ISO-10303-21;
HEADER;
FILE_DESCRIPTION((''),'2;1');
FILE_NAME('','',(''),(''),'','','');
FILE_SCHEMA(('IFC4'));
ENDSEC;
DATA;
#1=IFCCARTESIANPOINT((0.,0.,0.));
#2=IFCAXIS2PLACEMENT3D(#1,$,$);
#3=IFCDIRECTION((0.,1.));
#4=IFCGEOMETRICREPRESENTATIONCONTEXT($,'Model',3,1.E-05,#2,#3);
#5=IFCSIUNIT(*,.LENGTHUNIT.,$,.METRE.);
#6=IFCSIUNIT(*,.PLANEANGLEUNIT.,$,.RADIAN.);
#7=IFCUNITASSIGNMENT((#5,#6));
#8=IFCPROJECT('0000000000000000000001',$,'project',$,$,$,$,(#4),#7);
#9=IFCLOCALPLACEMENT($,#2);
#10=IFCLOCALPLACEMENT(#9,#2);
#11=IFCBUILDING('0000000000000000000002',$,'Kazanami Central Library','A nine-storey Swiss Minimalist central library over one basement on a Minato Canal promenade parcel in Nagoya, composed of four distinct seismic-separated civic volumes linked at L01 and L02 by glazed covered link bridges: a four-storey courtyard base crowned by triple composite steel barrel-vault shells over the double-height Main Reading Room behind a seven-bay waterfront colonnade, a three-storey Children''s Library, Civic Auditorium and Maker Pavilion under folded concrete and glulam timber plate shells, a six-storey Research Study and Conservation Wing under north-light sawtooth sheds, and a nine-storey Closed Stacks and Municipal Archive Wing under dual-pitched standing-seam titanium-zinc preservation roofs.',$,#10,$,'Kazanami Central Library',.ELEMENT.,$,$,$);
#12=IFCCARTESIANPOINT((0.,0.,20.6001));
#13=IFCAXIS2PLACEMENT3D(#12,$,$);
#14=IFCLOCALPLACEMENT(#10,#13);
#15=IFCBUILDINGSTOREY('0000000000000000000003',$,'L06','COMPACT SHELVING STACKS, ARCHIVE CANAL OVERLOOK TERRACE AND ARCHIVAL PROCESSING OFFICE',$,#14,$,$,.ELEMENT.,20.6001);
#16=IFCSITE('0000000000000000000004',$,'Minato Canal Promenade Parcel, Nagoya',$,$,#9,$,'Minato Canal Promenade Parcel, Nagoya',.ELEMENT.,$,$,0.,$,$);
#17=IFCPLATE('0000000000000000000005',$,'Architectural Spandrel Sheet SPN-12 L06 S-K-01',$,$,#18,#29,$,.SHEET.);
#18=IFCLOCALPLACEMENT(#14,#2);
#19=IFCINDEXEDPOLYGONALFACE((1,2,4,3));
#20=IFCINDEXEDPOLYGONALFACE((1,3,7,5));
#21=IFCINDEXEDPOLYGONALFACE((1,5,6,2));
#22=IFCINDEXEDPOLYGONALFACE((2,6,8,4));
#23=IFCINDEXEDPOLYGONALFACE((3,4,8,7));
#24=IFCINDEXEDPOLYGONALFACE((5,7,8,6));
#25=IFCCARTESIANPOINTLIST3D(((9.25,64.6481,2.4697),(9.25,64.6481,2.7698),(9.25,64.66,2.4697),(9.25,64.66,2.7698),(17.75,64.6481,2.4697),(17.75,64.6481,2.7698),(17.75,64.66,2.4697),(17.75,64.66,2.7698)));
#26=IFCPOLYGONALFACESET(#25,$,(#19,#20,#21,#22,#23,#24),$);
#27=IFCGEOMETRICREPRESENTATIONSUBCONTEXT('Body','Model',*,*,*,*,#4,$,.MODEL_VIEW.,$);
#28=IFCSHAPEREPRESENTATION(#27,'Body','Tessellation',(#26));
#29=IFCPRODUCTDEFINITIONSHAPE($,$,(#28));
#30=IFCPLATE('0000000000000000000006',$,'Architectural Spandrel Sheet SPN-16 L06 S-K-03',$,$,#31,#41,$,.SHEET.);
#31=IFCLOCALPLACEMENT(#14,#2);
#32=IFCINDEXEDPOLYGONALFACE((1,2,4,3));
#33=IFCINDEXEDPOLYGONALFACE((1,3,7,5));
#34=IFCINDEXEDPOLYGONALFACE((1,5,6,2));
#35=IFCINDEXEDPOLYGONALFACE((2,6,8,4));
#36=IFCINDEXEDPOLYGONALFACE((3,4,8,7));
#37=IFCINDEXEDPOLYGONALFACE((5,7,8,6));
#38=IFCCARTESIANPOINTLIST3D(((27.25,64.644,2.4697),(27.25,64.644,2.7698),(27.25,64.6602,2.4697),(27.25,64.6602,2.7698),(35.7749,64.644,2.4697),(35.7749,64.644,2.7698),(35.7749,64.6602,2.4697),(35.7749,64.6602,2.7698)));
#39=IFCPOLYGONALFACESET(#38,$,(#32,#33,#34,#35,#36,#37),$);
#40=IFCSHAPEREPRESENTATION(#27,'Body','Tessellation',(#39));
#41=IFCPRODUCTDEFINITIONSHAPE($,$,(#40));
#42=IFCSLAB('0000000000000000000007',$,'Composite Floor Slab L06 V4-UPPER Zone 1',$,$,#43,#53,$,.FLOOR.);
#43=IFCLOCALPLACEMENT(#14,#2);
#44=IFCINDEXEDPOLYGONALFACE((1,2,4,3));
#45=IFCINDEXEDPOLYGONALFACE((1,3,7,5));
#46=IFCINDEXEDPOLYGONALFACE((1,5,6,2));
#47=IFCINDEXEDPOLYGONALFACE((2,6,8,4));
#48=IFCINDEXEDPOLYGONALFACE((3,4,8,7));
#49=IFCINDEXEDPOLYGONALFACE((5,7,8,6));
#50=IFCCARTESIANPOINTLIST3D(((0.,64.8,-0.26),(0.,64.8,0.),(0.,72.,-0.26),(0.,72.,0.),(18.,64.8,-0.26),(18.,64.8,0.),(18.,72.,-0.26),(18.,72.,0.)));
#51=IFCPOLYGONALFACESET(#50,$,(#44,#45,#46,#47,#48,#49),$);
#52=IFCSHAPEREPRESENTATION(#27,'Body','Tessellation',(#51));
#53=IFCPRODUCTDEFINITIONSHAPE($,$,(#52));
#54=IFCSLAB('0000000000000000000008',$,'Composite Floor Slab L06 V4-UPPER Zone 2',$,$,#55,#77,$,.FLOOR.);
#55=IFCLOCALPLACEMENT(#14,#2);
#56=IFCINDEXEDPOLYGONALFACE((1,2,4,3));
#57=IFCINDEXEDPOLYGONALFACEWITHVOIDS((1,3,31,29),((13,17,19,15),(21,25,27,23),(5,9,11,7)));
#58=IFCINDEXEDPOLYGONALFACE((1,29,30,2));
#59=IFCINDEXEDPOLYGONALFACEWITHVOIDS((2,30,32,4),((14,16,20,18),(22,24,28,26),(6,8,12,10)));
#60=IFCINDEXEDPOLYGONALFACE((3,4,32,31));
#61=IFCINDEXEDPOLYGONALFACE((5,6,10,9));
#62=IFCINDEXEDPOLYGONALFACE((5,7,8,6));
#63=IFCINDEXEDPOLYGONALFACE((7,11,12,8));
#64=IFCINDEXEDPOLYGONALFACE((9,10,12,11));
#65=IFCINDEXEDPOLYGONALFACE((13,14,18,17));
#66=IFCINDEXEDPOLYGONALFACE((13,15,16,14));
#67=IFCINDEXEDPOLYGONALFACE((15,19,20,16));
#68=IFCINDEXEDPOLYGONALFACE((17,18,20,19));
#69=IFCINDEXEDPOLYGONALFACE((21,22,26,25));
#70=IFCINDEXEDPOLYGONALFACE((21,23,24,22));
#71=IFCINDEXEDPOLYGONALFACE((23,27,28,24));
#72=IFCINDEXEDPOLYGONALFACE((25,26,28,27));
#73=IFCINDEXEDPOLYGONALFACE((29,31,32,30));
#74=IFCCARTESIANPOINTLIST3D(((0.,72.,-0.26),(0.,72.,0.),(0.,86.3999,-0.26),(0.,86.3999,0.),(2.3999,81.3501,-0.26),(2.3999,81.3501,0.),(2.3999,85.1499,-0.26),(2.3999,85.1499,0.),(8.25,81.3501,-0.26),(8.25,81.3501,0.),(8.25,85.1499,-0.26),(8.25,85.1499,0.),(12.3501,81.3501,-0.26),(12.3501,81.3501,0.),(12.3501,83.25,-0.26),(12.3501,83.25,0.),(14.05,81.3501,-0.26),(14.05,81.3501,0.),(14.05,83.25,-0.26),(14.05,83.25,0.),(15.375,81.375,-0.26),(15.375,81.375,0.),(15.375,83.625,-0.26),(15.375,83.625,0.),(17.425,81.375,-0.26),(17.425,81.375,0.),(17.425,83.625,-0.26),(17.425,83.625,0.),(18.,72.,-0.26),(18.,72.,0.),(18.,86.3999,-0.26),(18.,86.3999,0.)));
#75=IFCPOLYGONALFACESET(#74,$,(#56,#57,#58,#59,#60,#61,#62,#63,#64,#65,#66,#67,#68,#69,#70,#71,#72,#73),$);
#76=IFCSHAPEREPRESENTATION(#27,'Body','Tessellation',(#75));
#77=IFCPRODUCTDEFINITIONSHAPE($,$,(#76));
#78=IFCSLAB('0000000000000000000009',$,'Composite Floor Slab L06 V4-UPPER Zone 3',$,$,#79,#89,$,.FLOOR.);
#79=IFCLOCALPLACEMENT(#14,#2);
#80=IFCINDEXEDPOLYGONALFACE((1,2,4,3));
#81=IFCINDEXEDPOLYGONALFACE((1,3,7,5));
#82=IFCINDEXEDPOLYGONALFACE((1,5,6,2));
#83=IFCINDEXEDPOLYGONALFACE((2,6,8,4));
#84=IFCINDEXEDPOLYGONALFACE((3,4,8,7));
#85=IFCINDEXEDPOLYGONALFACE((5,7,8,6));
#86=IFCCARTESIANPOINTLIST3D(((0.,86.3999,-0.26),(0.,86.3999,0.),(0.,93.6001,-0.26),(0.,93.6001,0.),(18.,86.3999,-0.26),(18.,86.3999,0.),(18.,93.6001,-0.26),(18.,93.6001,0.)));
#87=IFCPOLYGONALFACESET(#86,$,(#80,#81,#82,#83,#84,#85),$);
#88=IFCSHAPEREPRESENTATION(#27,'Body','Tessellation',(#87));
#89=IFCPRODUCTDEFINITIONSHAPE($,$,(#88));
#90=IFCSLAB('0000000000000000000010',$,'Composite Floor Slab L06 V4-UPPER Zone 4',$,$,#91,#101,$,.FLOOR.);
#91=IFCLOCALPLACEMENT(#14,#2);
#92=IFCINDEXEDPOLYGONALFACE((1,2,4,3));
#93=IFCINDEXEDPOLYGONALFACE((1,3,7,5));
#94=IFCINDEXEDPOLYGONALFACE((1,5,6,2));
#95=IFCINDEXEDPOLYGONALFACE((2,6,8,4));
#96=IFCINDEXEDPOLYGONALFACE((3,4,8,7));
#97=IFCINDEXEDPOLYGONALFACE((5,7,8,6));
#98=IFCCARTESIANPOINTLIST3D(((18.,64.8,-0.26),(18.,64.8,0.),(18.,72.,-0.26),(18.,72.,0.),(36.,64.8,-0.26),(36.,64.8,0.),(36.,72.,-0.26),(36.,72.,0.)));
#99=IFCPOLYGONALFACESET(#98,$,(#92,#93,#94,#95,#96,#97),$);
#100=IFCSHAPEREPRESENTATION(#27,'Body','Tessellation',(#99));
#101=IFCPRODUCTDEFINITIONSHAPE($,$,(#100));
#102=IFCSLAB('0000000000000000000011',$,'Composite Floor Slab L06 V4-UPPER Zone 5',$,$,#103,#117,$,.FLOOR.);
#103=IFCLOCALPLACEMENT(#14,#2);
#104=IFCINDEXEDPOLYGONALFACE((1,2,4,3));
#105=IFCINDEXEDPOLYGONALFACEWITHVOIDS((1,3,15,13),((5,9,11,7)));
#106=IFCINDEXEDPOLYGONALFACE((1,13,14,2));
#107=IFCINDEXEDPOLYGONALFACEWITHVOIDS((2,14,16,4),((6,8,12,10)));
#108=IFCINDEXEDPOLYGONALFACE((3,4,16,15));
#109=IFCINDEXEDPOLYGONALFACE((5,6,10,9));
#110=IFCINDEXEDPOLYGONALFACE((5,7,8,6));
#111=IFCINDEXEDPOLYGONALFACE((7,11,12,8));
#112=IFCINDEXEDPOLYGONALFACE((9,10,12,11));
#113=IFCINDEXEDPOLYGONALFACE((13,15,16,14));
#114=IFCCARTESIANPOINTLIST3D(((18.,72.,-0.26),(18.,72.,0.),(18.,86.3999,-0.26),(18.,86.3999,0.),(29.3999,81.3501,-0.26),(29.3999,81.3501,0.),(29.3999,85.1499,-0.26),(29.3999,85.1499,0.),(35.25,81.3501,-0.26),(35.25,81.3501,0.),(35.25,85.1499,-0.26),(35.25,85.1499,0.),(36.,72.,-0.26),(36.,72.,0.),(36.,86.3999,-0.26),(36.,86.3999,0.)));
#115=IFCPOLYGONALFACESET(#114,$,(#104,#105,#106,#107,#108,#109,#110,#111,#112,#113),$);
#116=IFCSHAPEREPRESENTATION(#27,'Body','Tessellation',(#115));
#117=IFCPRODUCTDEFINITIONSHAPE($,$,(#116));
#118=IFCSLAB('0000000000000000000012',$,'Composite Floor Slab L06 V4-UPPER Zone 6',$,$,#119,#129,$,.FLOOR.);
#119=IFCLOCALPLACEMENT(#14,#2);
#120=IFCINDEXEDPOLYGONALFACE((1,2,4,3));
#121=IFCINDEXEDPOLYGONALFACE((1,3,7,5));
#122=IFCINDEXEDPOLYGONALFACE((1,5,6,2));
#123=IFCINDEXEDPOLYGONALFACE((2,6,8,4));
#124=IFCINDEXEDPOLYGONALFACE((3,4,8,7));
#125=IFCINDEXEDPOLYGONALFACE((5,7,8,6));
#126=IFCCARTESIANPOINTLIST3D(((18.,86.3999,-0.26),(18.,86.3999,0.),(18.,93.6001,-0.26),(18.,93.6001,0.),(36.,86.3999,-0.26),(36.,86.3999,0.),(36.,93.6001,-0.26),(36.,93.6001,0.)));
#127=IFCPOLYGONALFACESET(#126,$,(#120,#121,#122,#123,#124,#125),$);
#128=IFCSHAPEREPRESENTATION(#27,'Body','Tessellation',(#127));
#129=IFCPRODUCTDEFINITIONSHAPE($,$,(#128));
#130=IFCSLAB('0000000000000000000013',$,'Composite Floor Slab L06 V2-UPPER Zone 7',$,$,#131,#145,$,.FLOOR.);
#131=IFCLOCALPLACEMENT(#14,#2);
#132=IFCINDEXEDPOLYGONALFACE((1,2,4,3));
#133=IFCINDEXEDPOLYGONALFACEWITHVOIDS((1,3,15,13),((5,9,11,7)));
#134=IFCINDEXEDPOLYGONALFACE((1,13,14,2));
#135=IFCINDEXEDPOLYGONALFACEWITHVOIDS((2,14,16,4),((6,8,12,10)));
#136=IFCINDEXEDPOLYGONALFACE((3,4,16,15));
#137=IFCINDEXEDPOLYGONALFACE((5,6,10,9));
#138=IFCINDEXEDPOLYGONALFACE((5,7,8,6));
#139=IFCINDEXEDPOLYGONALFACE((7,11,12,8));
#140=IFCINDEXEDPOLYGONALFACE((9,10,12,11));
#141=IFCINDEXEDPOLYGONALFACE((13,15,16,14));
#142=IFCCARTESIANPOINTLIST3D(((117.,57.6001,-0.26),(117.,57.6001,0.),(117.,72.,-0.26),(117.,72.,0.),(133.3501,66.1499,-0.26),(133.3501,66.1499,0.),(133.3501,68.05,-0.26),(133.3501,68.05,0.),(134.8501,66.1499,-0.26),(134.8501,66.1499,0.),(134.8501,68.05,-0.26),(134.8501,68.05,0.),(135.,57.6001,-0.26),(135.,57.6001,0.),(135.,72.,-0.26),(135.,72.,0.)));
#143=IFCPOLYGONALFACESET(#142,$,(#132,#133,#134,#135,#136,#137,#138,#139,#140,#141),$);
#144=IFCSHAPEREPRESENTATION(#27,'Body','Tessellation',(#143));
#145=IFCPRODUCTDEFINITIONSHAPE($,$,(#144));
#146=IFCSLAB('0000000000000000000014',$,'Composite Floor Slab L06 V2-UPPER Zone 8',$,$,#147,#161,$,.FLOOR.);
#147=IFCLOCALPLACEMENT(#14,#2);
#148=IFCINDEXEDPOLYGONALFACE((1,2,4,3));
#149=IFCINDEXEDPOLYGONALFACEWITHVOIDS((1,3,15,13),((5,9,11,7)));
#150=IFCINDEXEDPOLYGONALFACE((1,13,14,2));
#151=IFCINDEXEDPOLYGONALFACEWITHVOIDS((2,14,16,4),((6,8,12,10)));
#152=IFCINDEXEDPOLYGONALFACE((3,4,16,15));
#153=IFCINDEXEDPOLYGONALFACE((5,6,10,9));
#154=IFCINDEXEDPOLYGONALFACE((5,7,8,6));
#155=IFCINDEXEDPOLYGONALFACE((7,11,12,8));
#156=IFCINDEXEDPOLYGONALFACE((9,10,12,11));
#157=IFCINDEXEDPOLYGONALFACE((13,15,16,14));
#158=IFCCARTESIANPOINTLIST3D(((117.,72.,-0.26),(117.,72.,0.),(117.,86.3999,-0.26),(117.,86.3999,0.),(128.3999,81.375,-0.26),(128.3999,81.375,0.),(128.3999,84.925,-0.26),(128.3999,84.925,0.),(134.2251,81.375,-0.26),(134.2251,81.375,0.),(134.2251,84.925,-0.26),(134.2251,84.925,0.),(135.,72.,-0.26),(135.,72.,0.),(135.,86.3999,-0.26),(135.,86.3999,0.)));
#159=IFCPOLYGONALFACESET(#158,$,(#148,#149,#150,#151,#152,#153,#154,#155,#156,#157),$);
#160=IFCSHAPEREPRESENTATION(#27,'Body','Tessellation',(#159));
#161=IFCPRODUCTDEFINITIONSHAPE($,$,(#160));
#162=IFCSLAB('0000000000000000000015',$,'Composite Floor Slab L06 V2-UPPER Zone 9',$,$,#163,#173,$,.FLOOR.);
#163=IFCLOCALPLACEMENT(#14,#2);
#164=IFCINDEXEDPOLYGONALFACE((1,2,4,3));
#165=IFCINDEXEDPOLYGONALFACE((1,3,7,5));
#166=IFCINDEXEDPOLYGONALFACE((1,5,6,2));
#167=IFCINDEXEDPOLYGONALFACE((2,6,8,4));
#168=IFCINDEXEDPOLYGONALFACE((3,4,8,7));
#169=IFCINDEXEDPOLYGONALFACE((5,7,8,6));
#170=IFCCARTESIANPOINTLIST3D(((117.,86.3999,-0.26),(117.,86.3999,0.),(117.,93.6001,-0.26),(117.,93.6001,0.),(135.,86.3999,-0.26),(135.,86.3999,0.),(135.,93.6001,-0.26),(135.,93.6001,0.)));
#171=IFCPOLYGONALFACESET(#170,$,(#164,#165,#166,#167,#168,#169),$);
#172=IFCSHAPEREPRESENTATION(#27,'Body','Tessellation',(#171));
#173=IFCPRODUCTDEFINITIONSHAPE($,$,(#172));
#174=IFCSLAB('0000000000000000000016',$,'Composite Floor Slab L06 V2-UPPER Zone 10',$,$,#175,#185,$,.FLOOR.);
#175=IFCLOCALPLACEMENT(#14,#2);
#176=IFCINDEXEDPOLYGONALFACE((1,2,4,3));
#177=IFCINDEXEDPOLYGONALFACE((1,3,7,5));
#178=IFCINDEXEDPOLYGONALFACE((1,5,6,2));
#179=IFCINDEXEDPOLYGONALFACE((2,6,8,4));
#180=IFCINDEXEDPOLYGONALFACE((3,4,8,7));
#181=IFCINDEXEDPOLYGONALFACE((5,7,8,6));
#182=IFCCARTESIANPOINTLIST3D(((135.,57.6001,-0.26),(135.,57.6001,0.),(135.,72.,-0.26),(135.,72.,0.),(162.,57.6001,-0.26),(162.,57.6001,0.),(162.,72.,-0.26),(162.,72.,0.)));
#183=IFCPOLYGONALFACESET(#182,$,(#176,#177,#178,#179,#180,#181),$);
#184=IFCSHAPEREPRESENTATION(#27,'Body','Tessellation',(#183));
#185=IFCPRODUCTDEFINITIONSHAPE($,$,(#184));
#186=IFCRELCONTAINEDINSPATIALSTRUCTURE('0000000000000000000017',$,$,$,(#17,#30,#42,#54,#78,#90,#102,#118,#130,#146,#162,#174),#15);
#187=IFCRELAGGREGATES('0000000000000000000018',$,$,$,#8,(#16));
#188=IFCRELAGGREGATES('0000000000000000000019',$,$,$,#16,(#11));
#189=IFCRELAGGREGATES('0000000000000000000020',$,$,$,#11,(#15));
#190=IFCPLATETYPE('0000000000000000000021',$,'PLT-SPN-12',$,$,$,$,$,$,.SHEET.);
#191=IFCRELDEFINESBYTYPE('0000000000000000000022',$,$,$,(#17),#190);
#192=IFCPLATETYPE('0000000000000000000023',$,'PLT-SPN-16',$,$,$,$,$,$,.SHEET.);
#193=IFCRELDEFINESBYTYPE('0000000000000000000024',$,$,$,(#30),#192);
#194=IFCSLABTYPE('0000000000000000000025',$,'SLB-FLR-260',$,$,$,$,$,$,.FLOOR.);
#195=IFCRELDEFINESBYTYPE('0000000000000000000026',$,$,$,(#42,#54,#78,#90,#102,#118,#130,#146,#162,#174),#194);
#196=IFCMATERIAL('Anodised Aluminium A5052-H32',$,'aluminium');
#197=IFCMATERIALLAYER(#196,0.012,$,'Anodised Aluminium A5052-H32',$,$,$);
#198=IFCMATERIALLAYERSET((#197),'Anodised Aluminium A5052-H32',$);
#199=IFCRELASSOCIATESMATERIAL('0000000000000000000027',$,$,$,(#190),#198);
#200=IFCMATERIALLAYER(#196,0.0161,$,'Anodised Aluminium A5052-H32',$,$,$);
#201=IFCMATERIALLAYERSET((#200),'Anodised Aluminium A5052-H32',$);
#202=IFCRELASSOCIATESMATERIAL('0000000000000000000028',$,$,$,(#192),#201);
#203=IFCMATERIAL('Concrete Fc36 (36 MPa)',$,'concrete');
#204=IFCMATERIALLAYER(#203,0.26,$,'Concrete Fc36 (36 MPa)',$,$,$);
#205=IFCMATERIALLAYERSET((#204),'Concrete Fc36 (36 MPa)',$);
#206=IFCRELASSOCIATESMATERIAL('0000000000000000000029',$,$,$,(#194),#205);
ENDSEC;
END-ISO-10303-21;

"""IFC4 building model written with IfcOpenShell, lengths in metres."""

from ifc_helpers import new_model, si_unit, direction, frame, origin, origin_2d, place, context, subcontext, project, spatial, polyline, rectangle, outline, extrude, material, layer, layer_set, type_object, element, save


model = new_model("IFC4")

# Units and contexts
model_context = context("Model", 3, precision=1e-05, world=origin(), true_north=direction((0.0, 1.0)))
body_context = subcontext(model_context, "Body", "Model", "MODEL_VIEW")
ifc_project = project(units=[si_unit("LENGTHUNIT", "METRE"), si_unit("PLANEANGLEUNIT", "RADIAN")], contexts=[model_context])

# Site, building, storey
site_placement = place(None, origin())
site = spatial("IfcSite", under=ifc_project, at=site_placement, Name="Minato Canal Promenade Parcel, Nagoya", LongName="Minato Canal Promenade Parcel, Nagoya", CompositionType="ELEMENT", RefElevation=0.0)
building_placement = place(site_placement, origin())
building = spatial("IfcBuilding", under=site, at=building_placement, Name="Kazanami Central Library", Description="A nine-storey Swiss Minimalist central library over one basement on a Minato Canal promenade parcel in Nagoya, composed of four distinct seismic-separated civic volumes linked at L01 and L02 by glazed covered link bridges: a four-storey courtyard base crowned by triple composite steel barrel-vault shells over the double-height Main Reading Room behind a seven-bay waterfront colonnade, a three-storey Children's Library, Civic Auditorium and Maker Pavilion under folded concrete and glulam timber plate shells, a six-storey Research Study and Conservation Wing under north-light sawtooth sheds, and a nine-storey Closed Stacks and Municipal Archive Wing under dual-pitched standing-seam titanium-zinc preservation roofs.", LongName="Kazanami Central Library", CompositionType="ELEMENT")
storey_placement = place(building_placement, frame((0.0, 0.0, 20.6001)))
storey = spatial("IfcBuildingStorey", under=building, at=storey_placement, Name="L06", Description="COMPACT SHELVING STACKS, ARCHIVE CANAL OVERLOOK TERRACE AND ARCHIVAL PROCESSING OFFICE", CompositionType="ELEMENT", Elevation=20.6001)

# Plates
ifc_material_1 = material(Name="Anodised Aluminium A5052-H32", Category="aluminium")
ifc_layer_1 = layer(ifc_material_1, 0.012, Name="Anodised Aluminium A5052-H32")
ifc_layer_set_1 = layer_set([ifc_layer_1], Name="Anodised Aluminium A5052-H32")
plate_type_1 = type_object("IfcPlateType", Name="PLT-SPN-12", PredefinedType="SHEET", material=ifc_layer_set_1)
plate_1_placement = place(storey_placement, frame((13.5, 64.6541, 2.4697), z_axis=(0.0, 0.0, 1.0), x_axis=(1.0, 0.0, 0.0)))
element("IfcPlate", 1, at=plate_1_placement, inside=storey, type_object=plate_type_1, Name="Architectural Spandrel Sheet SPN-12 L06 S-K-01", PredefinedType="SHEET", context=body_context, shape_type="SweptSolid", body=[
    extrude(rectangle(XDim=8.5, YDim=0.012, at=origin_2d()), origin(), (0.0, 0.0, 1.0), 0.3),
])
ifc_layer_2 = layer(ifc_material_1, 0.0161, Name="Anodised Aluminium A5052-H32")
ifc_layer_set_2 = layer_set([ifc_layer_2], Name="Anodised Aluminium A5052-H32")
plate_type_2 = type_object("IfcPlateType", Name="PLT-SPN-16", PredefinedType="SHEET", material=ifc_layer_set_2)
plate_2_placement = place(storey_placement, frame((31.5125, 64.6521, 2.4697), z_axis=(0.0, 0.0, 1.0), x_axis=(1.0, 0.0, 0.0)))
element("IfcPlate", 2, at=plate_2_placement, inside=storey, type_object=plate_type_2, Name="Architectural Spandrel Sheet SPN-16 L06 S-K-03", PredefinedType="SHEET", context=body_context, shape_type="SweptSolid", body=[
    extrude(rectangle(XDim=8.5249, YDim=0.0161, at=origin_2d()), origin(), (0.0, 0.0, 1.0), 0.3),
])

# Slabs
ifc_material_2 = material(Name="Concrete Fc36 (36 MPa)", Category="concrete")
ifc_layer_3 = layer(ifc_material_2, 0.26, Name="Concrete Fc36 (36 MPa)")
ifc_layer_set_3 = layer_set([ifc_layer_3], Name="Concrete Fc36 (36 MPa)")
slab_type_1 = type_object("IfcSlabType", Name="SLB-FLR-260", PredefinedType="FLOOR", material=ifc_layer_set_3)
slab_1_placement = place(storey_placement, frame((0.0, 0.0, -0.26)))
element("IfcSlab", 3, at=slab_1_placement, inside=storey, type_object=slab_type_1, Name="Composite Floor Slab L06 V4-UPPER Zone 1", PredefinedType="FLOOR", context=body_context, shape_type="SweptSolid", body=[
    extrude(outline(polyline([(0.0, 64.8), (18.0, 64.8), (18.0, 72.0), (0.0, 72.0), (0.0, 64.8)])), origin(), (0.0, 0.0, 1.0), 0.26),
])
slab_2_placement = place(storey_placement, frame((0.0, 0.0, -0.26)))
element("IfcSlab", 4, at=slab_2_placement, inside=storey, type_object=slab_type_1, Name="Composite Floor Slab L06 V4-UPPER Zone 2", PredefinedType="FLOOR", context=body_context, shape_type="SweptSolid", body=[
    extrude(outline(polyline([(0.0, 72.0), (18.0, 72.0), (18.0, 86.3999), (0.0, 86.3999), (0.0, 72.0)]), holes=[polyline([(2.3999, 81.3501), (8.25, 81.3501), (8.25, 85.1499), (2.3999, 85.1499), (2.3999, 81.3501)]), polyline([(15.375, 81.375), (17.425, 81.375), (17.425, 83.625), (15.375, 83.625), (15.375, 81.375)]), polyline([(12.3501, 81.3501), (14.05, 81.3501), (14.05, 83.25), (12.3501, 83.25), (12.3501, 81.3501)])]), origin(), (0.0, 0.0, 1.0), 0.26),
])
slab_3_placement = place(storey_placement, frame((0.0, 0.0, -0.26)))
element("IfcSlab", 5, at=slab_3_placement, inside=storey, type_object=slab_type_1, Name="Composite Floor Slab L06 V4-UPPER Zone 3", PredefinedType="FLOOR", context=body_context, shape_type="SweptSolid", body=[
    extrude(outline(polyline([(0.0, 86.3999), (18.0, 86.3999), (18.0, 93.6001), (0.0, 93.6001), (0.0, 86.3999)])), origin(), (0.0, 0.0, 1.0), 0.26),
])
slab_4_placement = place(storey_placement, frame((0.0, 0.0, -0.26)))
element("IfcSlab", 6, at=slab_4_placement, inside=storey, type_object=slab_type_1, Name="Composite Floor Slab L06 V4-UPPER Zone 4", PredefinedType="FLOOR", context=body_context, shape_type="SweptSolid", body=[
    extrude(outline(polyline([(18.0, 64.8), (36.0, 64.8), (36.0, 72.0), (18.0, 72.0), (18.0, 64.8)])), origin(), (0.0, 0.0, 1.0), 0.26),
])
slab_5_placement = place(storey_placement, frame((0.0, 0.0, -0.26)))
element("IfcSlab", 7, at=slab_5_placement, inside=storey, type_object=slab_type_1, Name="Composite Floor Slab L06 V4-UPPER Zone 5", PredefinedType="FLOOR", context=body_context, shape_type="SweptSolid", body=[
    extrude(outline(polyline([(18.0, 72.0), (36.0, 72.0), (36.0, 86.3999), (18.0, 86.3999), (18.0, 72.0)]), holes=[polyline([(29.3999, 81.3501), (35.25, 81.3501), (35.25, 85.1499), (29.3999, 85.1499), (29.3999, 81.3501)])]), origin(), (0.0, 0.0, 1.0), 0.26),
])
slab_6_placement = place(storey_placement, frame((0.0, 0.0, -0.26)))
element("IfcSlab", 8, at=slab_6_placement, inside=storey, type_object=slab_type_1, Name="Composite Floor Slab L06 V4-UPPER Zone 6", PredefinedType="FLOOR", context=body_context, shape_type="SweptSolid", body=[
    extrude(outline(polyline([(18.0, 86.3999), (36.0, 86.3999), (36.0, 93.6001), (18.0, 93.6001), (18.0, 86.3999)])), origin(), (0.0, 0.0, 1.0), 0.26),
])
slab_7_placement = place(storey_placement, frame((0.0, 0.0, -0.26)))
element("IfcSlab", 9, at=slab_7_placement, inside=storey, type_object=slab_type_1, Name="Composite Floor Slab L06 V2-UPPER Zone 7", PredefinedType="FLOOR", context=body_context, shape_type="SweptSolid", body=[
    extrude(outline(polyline([(117.0, 57.6001), (135.0, 57.6001), (135.0, 72.0), (117.0, 72.0), (117.0, 57.6001)]), holes=[polyline([(133.3501, 66.1499), (134.8501, 66.1499), (134.8501, 68.05), (133.3501, 68.05), (133.3501, 66.1499)])]), origin(), (0.0, 0.0, 1.0), 0.26),
])
slab_8_placement = place(storey_placement, frame((0.0, 0.0, -0.26)))
element("IfcSlab", 10, at=slab_8_placement, inside=storey, type_object=slab_type_1, Name="Composite Floor Slab L06 V2-UPPER Zone 8", PredefinedType="FLOOR", context=body_context, shape_type="SweptSolid", body=[
    extrude(outline(polyline([(117.0, 72.0), (135.0, 72.0), (135.0, 86.3999), (117.0, 86.3999), (117.0, 72.0)]), holes=[polyline([(128.3999, 81.375), (134.2251, 81.375), (134.2251, 84.925), (128.3999, 84.925), (128.3999, 81.375)])]), origin(), (0.0, 0.0, 1.0), 0.26),
])
slab_9_placement = place(storey_placement, frame((0.0, 0.0, -0.26)))
element("IfcSlab", 11, at=slab_9_placement, inside=storey, type_object=slab_type_1, Name="Composite Floor Slab L06 V2-UPPER Zone 9", PredefinedType="FLOOR", context=body_context, shape_type="SweptSolid", body=[
    extrude(outline(polyline([(117.0, 86.3999), (135.0, 86.3999), (135.0, 93.6001), (117.0, 93.6001), (117.0, 86.3999)])), origin(), (0.0, 0.0, 1.0), 0.26),
])
slab_10_placement = place(storey_placement, frame((0.0, 0.0, -0.26)))
element("IfcSlab", 12, at=slab_10_placement, inside=storey, type_object=slab_type_1, Name="Composite Floor Slab L06 V2-UPPER Zone 10", PredefinedType="FLOOR", context=body_context, shape_type="SweptSolid", body=[
    extrude(outline(polyline([(135.0, 57.6001), (162.0, 57.6001), (162.0, 72.0), (135.0, 72.0), (135.0, 57.6001)])), origin(), (0.0, 0.0, 1.0), 0.26),
])

save(model, "model.ifc")
